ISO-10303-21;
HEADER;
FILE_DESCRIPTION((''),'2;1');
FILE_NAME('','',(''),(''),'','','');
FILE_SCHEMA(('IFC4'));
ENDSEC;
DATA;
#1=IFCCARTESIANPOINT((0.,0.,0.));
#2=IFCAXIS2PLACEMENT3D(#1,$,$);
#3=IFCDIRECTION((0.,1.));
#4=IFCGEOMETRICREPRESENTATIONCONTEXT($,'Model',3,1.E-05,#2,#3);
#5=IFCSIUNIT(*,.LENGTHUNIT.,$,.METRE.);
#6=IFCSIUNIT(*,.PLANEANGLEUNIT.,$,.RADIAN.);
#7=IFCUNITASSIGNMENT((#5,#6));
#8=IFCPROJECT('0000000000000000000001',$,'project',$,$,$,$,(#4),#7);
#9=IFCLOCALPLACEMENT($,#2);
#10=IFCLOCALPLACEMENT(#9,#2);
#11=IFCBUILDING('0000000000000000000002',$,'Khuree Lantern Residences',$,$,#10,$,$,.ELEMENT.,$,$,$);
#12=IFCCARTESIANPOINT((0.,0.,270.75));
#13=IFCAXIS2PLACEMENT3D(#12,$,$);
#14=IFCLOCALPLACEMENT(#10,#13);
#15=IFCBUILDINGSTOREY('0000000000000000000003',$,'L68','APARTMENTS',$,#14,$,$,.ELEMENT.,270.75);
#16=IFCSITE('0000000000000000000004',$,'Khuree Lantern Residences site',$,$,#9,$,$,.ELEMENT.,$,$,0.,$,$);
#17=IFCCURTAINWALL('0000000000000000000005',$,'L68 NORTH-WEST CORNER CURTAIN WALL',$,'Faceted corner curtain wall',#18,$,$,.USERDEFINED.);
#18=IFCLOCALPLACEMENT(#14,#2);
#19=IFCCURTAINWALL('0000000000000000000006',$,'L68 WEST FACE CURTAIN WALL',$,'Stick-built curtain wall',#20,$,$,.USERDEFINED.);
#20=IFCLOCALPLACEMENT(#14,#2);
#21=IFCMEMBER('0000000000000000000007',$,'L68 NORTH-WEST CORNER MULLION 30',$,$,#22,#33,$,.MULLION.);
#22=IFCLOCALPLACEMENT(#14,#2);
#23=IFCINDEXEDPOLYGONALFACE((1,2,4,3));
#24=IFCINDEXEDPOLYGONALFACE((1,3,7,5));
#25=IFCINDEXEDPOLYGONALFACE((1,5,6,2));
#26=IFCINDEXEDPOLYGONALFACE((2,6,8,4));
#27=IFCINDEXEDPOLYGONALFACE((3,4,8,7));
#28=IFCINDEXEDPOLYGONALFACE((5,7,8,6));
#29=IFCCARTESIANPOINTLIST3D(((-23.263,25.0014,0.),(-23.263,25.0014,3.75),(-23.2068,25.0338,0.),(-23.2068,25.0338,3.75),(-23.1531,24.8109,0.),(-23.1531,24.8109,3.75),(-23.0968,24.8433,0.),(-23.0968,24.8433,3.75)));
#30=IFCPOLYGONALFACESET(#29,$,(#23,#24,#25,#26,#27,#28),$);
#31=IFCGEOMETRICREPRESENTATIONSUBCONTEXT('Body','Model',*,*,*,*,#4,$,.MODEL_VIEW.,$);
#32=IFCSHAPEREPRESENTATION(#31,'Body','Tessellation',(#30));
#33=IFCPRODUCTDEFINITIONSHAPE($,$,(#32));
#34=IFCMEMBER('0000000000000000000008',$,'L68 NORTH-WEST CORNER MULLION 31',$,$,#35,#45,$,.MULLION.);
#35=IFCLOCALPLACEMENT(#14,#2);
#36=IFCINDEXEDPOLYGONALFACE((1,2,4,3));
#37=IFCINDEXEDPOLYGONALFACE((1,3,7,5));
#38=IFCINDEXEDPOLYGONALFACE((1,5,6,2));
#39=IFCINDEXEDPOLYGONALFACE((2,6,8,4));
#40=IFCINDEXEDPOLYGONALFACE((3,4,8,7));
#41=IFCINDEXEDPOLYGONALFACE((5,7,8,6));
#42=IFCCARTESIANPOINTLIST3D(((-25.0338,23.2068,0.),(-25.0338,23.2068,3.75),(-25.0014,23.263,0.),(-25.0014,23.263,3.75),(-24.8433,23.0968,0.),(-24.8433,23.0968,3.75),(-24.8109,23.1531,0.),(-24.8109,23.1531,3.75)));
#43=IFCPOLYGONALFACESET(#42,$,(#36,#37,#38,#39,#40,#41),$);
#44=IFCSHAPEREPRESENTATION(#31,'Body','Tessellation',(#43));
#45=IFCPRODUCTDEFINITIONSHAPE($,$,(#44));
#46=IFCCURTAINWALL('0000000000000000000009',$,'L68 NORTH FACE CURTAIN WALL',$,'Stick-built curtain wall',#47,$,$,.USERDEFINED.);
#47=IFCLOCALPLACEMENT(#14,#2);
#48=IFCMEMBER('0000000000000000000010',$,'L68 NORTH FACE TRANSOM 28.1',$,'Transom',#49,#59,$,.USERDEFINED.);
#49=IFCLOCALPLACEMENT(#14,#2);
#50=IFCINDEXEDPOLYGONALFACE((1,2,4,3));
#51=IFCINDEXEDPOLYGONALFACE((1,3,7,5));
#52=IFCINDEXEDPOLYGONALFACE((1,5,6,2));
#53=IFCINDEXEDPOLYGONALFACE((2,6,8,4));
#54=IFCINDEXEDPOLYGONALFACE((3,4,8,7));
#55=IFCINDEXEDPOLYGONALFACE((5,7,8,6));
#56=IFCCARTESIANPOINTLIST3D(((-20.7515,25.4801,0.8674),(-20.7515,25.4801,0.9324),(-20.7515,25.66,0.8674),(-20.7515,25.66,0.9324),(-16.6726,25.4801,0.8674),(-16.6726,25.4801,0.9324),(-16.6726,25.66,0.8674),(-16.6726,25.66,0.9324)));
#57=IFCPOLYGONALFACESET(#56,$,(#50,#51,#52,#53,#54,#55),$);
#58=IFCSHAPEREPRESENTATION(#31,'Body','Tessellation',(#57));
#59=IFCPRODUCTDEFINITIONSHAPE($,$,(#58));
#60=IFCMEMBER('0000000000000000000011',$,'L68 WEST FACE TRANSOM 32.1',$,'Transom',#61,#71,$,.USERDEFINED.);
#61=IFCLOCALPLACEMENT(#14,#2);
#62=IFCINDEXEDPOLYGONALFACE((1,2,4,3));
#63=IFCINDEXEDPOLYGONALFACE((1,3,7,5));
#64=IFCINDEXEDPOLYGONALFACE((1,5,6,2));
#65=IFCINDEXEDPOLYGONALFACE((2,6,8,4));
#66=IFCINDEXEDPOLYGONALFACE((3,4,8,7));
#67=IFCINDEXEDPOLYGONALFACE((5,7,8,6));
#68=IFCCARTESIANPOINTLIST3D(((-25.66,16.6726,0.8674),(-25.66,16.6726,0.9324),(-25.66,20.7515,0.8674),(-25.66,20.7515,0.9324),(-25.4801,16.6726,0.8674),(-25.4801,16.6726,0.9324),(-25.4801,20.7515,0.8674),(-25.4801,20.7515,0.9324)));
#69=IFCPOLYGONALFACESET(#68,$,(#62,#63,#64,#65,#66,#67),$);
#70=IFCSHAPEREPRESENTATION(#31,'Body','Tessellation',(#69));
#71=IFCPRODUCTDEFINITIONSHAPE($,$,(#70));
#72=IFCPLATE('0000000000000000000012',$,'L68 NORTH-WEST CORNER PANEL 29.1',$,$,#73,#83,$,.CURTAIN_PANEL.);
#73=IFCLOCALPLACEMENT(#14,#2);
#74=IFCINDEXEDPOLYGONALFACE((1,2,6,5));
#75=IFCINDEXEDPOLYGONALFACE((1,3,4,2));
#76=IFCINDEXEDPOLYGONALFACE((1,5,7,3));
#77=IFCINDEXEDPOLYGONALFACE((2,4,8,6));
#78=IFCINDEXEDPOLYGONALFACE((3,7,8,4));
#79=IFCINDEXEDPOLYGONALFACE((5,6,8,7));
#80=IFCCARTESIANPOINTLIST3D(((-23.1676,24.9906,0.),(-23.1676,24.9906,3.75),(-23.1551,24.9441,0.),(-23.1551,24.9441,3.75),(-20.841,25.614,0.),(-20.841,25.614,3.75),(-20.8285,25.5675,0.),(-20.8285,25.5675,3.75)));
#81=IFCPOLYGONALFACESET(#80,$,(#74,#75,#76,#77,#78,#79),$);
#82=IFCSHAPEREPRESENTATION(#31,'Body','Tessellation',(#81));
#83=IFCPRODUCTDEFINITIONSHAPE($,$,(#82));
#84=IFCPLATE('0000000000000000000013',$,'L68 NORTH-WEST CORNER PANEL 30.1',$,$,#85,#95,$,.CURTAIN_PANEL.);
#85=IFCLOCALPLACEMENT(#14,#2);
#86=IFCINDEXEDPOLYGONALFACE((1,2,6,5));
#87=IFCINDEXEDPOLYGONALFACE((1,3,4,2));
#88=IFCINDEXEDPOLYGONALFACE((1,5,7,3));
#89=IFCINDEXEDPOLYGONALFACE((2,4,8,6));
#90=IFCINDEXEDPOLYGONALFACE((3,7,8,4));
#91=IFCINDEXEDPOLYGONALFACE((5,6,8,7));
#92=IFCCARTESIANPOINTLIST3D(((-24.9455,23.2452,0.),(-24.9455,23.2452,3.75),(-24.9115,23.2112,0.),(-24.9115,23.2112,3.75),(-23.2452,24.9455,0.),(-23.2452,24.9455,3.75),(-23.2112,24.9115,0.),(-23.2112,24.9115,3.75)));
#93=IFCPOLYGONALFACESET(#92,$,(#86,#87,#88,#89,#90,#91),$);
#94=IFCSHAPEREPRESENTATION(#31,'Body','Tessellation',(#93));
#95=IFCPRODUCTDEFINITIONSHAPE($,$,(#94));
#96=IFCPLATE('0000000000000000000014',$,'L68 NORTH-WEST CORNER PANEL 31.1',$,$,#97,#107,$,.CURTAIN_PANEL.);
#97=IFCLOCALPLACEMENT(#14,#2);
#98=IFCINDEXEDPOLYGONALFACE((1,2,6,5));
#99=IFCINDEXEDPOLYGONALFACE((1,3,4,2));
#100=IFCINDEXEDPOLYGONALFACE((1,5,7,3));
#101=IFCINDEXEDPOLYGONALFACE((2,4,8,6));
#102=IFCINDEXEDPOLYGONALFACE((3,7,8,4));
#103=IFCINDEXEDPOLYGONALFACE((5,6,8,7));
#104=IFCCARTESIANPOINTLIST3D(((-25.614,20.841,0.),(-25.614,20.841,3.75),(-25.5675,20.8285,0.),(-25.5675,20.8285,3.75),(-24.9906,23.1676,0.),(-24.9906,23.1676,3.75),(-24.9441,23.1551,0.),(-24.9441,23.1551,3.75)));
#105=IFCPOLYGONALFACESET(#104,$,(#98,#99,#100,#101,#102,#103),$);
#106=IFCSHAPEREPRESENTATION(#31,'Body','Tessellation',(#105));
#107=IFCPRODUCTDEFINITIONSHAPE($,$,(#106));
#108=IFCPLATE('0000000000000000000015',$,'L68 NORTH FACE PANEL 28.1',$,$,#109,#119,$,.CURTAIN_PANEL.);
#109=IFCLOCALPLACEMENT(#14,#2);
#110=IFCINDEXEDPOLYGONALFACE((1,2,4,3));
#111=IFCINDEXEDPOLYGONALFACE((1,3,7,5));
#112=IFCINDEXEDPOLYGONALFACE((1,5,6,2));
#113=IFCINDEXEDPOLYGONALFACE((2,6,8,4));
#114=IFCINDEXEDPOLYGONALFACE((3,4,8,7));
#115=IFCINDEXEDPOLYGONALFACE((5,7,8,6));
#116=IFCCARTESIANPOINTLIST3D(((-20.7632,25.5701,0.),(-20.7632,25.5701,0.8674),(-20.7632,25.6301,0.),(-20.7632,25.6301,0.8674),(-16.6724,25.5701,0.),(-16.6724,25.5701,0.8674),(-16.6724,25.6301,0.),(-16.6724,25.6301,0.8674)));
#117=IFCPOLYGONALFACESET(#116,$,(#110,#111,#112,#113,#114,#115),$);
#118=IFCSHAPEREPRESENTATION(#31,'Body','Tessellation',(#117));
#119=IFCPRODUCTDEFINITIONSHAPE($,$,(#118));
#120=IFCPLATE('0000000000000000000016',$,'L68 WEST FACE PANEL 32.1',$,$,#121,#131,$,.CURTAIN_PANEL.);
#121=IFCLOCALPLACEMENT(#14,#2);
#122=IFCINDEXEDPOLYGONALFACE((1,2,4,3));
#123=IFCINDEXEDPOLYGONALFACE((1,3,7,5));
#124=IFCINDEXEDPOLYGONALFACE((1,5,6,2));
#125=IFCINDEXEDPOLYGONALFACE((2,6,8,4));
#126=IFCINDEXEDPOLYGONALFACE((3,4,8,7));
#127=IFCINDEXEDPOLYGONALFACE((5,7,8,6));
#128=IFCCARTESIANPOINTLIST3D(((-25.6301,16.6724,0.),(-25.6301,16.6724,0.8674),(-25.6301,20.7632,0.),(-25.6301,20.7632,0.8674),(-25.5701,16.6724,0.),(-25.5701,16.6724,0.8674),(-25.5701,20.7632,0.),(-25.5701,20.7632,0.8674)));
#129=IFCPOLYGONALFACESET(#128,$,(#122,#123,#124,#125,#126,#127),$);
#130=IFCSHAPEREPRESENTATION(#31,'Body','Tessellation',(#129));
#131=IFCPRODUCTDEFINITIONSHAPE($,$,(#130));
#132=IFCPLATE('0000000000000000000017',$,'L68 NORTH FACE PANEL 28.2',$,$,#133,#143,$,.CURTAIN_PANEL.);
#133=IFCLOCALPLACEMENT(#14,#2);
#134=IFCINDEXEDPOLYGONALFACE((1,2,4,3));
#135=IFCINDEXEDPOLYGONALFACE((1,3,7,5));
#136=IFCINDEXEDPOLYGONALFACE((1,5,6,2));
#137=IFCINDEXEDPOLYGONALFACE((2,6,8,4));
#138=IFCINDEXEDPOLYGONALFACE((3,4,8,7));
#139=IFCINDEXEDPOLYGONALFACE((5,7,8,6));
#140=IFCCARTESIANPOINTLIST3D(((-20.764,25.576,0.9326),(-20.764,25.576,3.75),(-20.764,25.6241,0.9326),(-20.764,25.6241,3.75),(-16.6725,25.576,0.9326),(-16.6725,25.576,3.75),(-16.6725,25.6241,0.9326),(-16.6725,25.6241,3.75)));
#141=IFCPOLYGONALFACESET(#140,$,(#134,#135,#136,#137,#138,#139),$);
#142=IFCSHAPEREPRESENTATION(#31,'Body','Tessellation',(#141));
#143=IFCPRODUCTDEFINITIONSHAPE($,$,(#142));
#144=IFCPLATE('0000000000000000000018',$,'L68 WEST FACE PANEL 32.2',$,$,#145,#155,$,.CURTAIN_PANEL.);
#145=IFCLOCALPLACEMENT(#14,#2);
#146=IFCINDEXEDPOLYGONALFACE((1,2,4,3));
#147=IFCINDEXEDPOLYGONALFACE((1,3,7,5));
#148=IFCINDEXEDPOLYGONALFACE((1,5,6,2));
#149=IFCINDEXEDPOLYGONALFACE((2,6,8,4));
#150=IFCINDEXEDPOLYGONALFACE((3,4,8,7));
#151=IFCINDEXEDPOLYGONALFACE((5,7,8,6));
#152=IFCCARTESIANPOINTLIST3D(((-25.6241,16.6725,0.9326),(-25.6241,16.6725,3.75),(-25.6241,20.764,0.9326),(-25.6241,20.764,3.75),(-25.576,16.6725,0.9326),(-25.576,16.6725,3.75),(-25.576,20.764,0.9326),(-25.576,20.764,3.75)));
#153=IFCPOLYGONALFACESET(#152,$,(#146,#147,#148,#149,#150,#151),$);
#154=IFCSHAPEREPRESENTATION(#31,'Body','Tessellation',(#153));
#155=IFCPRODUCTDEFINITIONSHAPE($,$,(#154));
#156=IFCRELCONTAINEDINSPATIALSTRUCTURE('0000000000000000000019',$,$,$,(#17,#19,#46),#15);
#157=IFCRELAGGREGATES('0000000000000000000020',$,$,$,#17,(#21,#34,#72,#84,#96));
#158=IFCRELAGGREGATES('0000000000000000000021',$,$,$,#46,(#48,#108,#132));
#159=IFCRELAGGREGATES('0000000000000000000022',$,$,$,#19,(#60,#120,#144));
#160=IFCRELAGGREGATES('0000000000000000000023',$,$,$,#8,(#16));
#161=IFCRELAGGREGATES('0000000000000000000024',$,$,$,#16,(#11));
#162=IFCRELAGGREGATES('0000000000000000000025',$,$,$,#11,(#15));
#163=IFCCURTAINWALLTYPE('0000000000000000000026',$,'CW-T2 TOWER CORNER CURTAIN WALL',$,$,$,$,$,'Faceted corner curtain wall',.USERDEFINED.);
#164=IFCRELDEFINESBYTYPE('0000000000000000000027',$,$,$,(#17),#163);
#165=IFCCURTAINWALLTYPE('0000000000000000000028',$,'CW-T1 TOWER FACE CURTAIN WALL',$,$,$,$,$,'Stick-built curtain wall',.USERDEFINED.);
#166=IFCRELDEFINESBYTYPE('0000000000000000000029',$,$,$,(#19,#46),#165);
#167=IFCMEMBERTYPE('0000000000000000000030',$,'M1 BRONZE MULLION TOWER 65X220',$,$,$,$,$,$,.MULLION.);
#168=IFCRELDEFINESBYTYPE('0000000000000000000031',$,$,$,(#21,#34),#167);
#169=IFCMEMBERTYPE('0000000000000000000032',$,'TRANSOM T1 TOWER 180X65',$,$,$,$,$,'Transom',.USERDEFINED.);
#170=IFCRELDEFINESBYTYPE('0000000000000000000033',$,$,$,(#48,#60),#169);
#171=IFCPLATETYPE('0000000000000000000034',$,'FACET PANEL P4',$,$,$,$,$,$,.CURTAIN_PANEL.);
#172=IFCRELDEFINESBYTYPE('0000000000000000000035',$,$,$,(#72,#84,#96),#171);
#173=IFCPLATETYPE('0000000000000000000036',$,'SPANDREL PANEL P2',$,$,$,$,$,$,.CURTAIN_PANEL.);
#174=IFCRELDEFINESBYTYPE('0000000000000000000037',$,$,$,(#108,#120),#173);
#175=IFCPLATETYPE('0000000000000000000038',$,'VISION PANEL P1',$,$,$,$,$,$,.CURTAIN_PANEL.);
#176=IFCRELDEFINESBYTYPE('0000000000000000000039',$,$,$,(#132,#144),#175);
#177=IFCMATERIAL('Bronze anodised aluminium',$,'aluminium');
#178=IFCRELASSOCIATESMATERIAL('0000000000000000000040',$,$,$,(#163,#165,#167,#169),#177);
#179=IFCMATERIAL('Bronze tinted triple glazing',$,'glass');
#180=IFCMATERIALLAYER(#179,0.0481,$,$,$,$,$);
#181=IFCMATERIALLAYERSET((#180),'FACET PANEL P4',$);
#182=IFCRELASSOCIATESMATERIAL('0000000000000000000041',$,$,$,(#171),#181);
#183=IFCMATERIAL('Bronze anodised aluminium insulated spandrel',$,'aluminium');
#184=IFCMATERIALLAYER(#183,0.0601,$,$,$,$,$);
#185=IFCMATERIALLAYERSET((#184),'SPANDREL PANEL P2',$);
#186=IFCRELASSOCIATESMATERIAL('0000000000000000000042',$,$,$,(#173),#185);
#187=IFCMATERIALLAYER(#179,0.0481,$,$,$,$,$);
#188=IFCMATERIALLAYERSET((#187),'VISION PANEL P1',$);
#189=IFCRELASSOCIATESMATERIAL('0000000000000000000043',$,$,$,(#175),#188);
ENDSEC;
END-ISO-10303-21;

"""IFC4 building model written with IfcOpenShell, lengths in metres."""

from ifc_helpers import new_model, si_unit, direction, frame, origin, origin_2d, place, context, subcontext, project, spatial, rectangle, extrude, material, layer, layer_set, material_profile, profile_set, type_object, element, aggregate, save


model = new_model("IFC4")

# Units and contexts
model_context = context("Model", 3, precision=1e-05, world=origin(), true_north=direction((0.0, 1.0)))
body_context = subcontext(model_context, "Body", "Model", "MODEL_VIEW")
ifc_project = project(units=[si_unit("LENGTHUNIT", "METRE"), si_unit("PLANEANGLEUNIT", "RADIAN")], contexts=[model_context])

# Site, building, storey
site_placement = place(None, origin())
site = spatial("IfcSite", under=ifc_project, at=site_placement, Name="Khuree Lantern Residences site", CompositionType="ELEMENT", RefElevation=0.0)
building_placement = place(site_placement, origin())
building = spatial("IfcBuilding", under=site, at=building_placement, Name="Khuree Lantern Residences", CompositionType="ELEMENT")
storey_placement = place(building_placement, frame((0.0, 0.0, 270.75)))
storey = spatial("IfcBuildingStorey", under=building, at=storey_placement, Name="L68", Description="APARTMENTS", CompositionType="ELEMENT", Elevation=270.75)

# Curtain walls
ifc_material_1 = material(Name="Bronze anodised aluminium", Category="aluminium")
curtain_wall_type_1 = type_object("IfcCurtainWallType", Name="CW-T2 TOWER CORNER CURTAIN WALL", ElementType="Faceted corner curtain wall", PredefinedType="USERDEFINED", material=ifc_material_1)
curtain_wall_1_placement = place(storey_placement, origin())
curtain_wall_1 = element("IfcCurtainWall", 1, at=curtain_wall_1_placement, inside=storey, type_object=curtain_wall_type_1, Name="L68 NORTH-WEST CORNER CURTAIN WALL", ObjectType="Faceted corner curtain wall", PredefinedType="USERDEFINED")
curtain_wall_type_2 = type_object("IfcCurtainWallType", Name="CW-T1 TOWER FACE CURTAIN WALL", ElementType="Stick-built curtain wall", PredefinedType="USERDEFINED", material=ifc_material_1)
curtain_wall_2_placement = place(storey_placement, origin())
curtain_wall_2 = element("IfcCurtainWall", 2, at=curtain_wall_2_placement, inside=storey, type_object=curtain_wall_type_2, Name="L68 WEST FACE CURTAIN WALL", ObjectType="Stick-built curtain wall", PredefinedType="USERDEFINED")

# Members
ifc_material_profile_1 = material_profile(ifc_material_1, rectangle(XDim=0.0649, YDim=0.22, at=origin_2d()), Name="M1 65X220")
ifc_profile_set_1 = profile_set([ifc_material_profile_1], Name="Bronze anodised aluminium")
member_type_1 = type_object("IfcMemberType", Name="M1 BRONZE MULLION TOWER 65X220", PredefinedType="MULLION", material=ifc_profile_set_1)
member_1_placement = place(storey_placement, frame((-23.1799, 24.9224, 0.0), z_axis=(0.0, 0.0, 1.0), x_axis=(-0.866025, -0.5, 0.0)))
member_1 = element("IfcMember", 3, at=member_1_placement, type_object=member_type_1, Name="L68 NORTH-WEST CORNER MULLION 30", PredefinedType="MULLION", context=body_context, shape_type="SweptSolid", body=[
    extrude(rectangle(XDim=0.0649, YDim=0.22, at=origin_2d()), origin(), (0.0, 0.0, 1.0), 3.75),
])
member_2_placement = place(storey_placement, frame((-24.9224, 23.1799, 0.0), z_axis=(0.0, 0.0, 1.0), x_axis=(-0.5, -0.866025, 0.0)))
member_2 = element("IfcMember", 4, at=member_2_placement, type_object=member_type_1, Name="L68 NORTH-WEST CORNER MULLION 31", PredefinedType="MULLION", context=body_context, shape_type="SweptSolid", body=[
    extrude(rectangle(XDim=0.0649, YDim=0.22, at=origin_2d()), origin(), (0.0, 0.0, 1.0), 3.75),
])

# Curtain wall, member
curtain_wall_3_placement = place(storey_placement, origin())
curtain_wall_3 = element("IfcCurtainWall", 5, at=curtain_wall_3_placement, inside=storey, type_object=curtain_wall_type_2, Name="L68 NORTH FACE CURTAIN WALL", ObjectType="Stick-built curtain wall", PredefinedType="USERDEFINED")
ifc_material_profile_2 = material_profile(ifc_material_1, rectangle(XDim=0.1799, YDim=0.0649, at=origin_2d()), Name="T1 180X65")
ifc_profile_set_2 = profile_set([ifc_material_profile_2], Name="Bronze anodised aluminium")
member_type_2 = type_object("IfcMemberType", Name="TRANSOM T1 TOWER 180X65", ElementType="Transom", PredefinedType="USERDEFINED", material=ifc_profile_set_2)
member_3_placement = place(storey_placement, frame((-16.6726, 25.5701, 0.8999), z_axis=(-1.0, 0.0, 0.0), x_axis=(0.0, -1.0, 0.0)))
member_3 = element("IfcMember", 6, at=member_3_placement, type_object=member_type_2, Name="L68 NORTH FACE TRANSOM 28.1", ObjectType="Transom", PredefinedType="USERDEFINED", context=body_context, shape_type="SweptSolid", body=[
    extrude(rectangle(XDim=0.1799, YDim=0.0649, at=origin_2d()), origin(), (0.0, 0.0, 1.0), 4.0789),
])

# Member
member_4_placement = place(storey_placement, frame((-25.5701, 20.7515, 0.8999), z_axis=(0.0, -1.0, 0.0), x_axis=(1.0, 0.0, 0.0)))
member_4 = element("IfcMember", 7, at=member_4_placement, type_object=member_type_2, Name="L68 WEST FACE TRANSOM 32.1", ObjectType="Transom", PredefinedType="USERDEFINED", context=body_context, shape_type="SweptSolid", body=[
    extrude(rectangle(XDim=0.1799, YDim=0.0649, at=origin_2d()), origin(), (0.0, 0.0, 1.0), 4.0789),
])

# Plates
ifc_material_2 = material(Name="Bronze tinted triple glazing", Category="glass")
ifc_layer_1 = layer(ifc_material_2, 0.0481)
ifc_layer_set_1 = layer_set([ifc_layer_1], Name="FACET PANEL P4")
plate_type_1 = type_object("IfcPlateType", Name="FACET PANEL P4", PredefinedType="CURTAIN_PANEL", material=ifc_layer_set_1)
plate_1_placement = place(storey_placement, frame((-21.998, 25.2791, 0.0), z_axis=(0.0, 0.0, 1.0), x_axis=(-0.965926, -0.258819, 0.0)))
plate_1 = element("IfcPlate", 8, at=plate_1_placement, type_object=plate_type_1, Name="L68 NORTH-WEST CORNER PANEL 29.1", PredefinedType="CURTAIN_PANEL", context=body_context, shape_type="SweptSolid", body=[
    extrude(rectangle(XDim=2.4087, YDim=0.0481, at=origin_2d()), origin(), (0.0, 0.0, 1.0), 3.75),
])
plate_2_placement = place(storey_placement, frame((-24.0784, 24.0784, 0.0), z_axis=(0.0, 0.0, 1.0), x_axis=(-0.707107, -0.707107, 0.0)))
plate_2 = element("IfcPlate", 9, at=plate_2_placement, type_object=plate_type_1, Name="L68 NORTH-WEST CORNER PANEL 30.1", PredefinedType="CURTAIN_PANEL", context=body_context, shape_type="SweptSolid", body=[
    extrude(rectangle(XDim=2.4045, YDim=0.0481, at=origin_2d()), origin(), (0.0, 0.0, 1.0), 3.75),
])
plate_3_placement = place(storey_placement, frame((-25.2791, 21.998, 0.0), z_axis=(0.0, 0.0, 1.0), x_axis=(-0.258819, -0.965926, 0.0)))
plate_3 = element("IfcPlate", 10, at=plate_3_placement, type_object=plate_type_1, Name="L68 NORTH-WEST CORNER PANEL 31.1", PredefinedType="CURTAIN_PANEL", context=body_context, shape_type="SweptSolid", body=[
    extrude(rectangle(XDim=2.4087, YDim=0.0481, at=origin_2d()), origin(), (0.0, 0.0, 1.0), 3.75),
])
aggregate(curtain_wall_1, [member_1, member_2, plate_1, plate_2, plate_3])
ifc_material_3 = material(Name="Bronze anodised aluminium insulated spandrel", Category="aluminium")
ifc_layer_2 = layer(ifc_material_3, 0.0601)
ifc_layer_set_2 = layer_set([ifc_layer_2], Name="SPANDREL PANEL P2")
plate_type_2 = type_object("IfcPlateType", Name="SPANDREL PANEL P2", PredefinedType="CURTAIN_PANEL", material=ifc_layer_set_2)
plate_4_placement = place(storey_placement, frame((-18.7178, 25.6001, 0.0), z_axis=(0.0, 0.0, 1.0), x_axis=(-1.0, 0.0, 0.0)))
plate_4 = element("IfcPlate", 11, at=plate_4_placement, type_object=plate_type_2, Name="L68 NORTH FACE PANEL 28.1", PredefinedType="CURTAIN_PANEL", context=body_context, shape_type="SweptSolid", body=[
    extrude(rectangle(XDim=4.0908, YDim=0.0601, at=origin_2d()), origin(), (0.0, 0.0, 1.0), 0.8674),
])
plate_5_placement = place(storey_placement, frame((-25.6001, 18.7178, 0.0), z_axis=(0.0, 0.0, 1.0), x_axis=(0.0, -1.0, 0.0)))
plate_5 = element("IfcPlate", 12, at=plate_5_placement, type_object=plate_type_2, Name="L68 WEST FACE PANEL 32.1", PredefinedType="CURTAIN_PANEL", context=body_context, shape_type="SweptSolid", body=[
    extrude(rectangle(XDim=4.0908, YDim=0.0601, at=origin_2d()), origin(), (0.0, 0.0, 1.0), 0.8674),
])
ifc_layer_3 = layer(ifc_material_2, 0.0481)
ifc_layer_set_3 = layer_set([ifc_layer_3], Name="VISION PANEL P1")
plate_type_3 = type_object("IfcPlateType", Name="VISION PANEL P1", PredefinedType="CURTAIN_PANEL", material=ifc_layer_set_3)
plate_6_placement = place(storey_placement, frame((-18.7183, 25.6001, 0.9326), z_axis=(0.0, 0.0, 1.0), x_axis=(-1.0, 0.0, 0.0)))
plate_6 = element("IfcPlate", 13, at=plate_6_placement, type_object=plate_type_3, Name="L68 NORTH FACE PANEL 28.2", PredefinedType="CURTAIN_PANEL", context=body_context, shape_type="SweptSolid", body=[
    extrude(rectangle(XDim=4.0916, YDim=0.0481, at=origin_2d()), origin(), (0.0, 0.0, 1.0), 2.8174),
])
aggregate(curtain_wall_3, [member_3, plate_4, plate_6])
plate_7_placement = place(storey_placement, frame((-25.6001, 18.7183, 0.9326), z_axis=(0.0, 0.0, 1.0), x_axis=(0.0, -1.0, 0.0)))
plate_7 = element("IfcPlate", 14, at=plate_7_placement, type_object=plate_type_3, Name="L68 WEST FACE PANEL 32.2", PredefinedType="CURTAIN_PANEL", context=body_context, shape_type="SweptSolid", body=[
    extrude(rectangle(XDim=4.0916, YDim=0.0481, at=origin_2d()), origin(), (0.0, 0.0, 1.0), 2.8174),
])
aggregate(curtain_wall_2, [member_4, plate_5, plate_7])

save(model, "model.ifc")
